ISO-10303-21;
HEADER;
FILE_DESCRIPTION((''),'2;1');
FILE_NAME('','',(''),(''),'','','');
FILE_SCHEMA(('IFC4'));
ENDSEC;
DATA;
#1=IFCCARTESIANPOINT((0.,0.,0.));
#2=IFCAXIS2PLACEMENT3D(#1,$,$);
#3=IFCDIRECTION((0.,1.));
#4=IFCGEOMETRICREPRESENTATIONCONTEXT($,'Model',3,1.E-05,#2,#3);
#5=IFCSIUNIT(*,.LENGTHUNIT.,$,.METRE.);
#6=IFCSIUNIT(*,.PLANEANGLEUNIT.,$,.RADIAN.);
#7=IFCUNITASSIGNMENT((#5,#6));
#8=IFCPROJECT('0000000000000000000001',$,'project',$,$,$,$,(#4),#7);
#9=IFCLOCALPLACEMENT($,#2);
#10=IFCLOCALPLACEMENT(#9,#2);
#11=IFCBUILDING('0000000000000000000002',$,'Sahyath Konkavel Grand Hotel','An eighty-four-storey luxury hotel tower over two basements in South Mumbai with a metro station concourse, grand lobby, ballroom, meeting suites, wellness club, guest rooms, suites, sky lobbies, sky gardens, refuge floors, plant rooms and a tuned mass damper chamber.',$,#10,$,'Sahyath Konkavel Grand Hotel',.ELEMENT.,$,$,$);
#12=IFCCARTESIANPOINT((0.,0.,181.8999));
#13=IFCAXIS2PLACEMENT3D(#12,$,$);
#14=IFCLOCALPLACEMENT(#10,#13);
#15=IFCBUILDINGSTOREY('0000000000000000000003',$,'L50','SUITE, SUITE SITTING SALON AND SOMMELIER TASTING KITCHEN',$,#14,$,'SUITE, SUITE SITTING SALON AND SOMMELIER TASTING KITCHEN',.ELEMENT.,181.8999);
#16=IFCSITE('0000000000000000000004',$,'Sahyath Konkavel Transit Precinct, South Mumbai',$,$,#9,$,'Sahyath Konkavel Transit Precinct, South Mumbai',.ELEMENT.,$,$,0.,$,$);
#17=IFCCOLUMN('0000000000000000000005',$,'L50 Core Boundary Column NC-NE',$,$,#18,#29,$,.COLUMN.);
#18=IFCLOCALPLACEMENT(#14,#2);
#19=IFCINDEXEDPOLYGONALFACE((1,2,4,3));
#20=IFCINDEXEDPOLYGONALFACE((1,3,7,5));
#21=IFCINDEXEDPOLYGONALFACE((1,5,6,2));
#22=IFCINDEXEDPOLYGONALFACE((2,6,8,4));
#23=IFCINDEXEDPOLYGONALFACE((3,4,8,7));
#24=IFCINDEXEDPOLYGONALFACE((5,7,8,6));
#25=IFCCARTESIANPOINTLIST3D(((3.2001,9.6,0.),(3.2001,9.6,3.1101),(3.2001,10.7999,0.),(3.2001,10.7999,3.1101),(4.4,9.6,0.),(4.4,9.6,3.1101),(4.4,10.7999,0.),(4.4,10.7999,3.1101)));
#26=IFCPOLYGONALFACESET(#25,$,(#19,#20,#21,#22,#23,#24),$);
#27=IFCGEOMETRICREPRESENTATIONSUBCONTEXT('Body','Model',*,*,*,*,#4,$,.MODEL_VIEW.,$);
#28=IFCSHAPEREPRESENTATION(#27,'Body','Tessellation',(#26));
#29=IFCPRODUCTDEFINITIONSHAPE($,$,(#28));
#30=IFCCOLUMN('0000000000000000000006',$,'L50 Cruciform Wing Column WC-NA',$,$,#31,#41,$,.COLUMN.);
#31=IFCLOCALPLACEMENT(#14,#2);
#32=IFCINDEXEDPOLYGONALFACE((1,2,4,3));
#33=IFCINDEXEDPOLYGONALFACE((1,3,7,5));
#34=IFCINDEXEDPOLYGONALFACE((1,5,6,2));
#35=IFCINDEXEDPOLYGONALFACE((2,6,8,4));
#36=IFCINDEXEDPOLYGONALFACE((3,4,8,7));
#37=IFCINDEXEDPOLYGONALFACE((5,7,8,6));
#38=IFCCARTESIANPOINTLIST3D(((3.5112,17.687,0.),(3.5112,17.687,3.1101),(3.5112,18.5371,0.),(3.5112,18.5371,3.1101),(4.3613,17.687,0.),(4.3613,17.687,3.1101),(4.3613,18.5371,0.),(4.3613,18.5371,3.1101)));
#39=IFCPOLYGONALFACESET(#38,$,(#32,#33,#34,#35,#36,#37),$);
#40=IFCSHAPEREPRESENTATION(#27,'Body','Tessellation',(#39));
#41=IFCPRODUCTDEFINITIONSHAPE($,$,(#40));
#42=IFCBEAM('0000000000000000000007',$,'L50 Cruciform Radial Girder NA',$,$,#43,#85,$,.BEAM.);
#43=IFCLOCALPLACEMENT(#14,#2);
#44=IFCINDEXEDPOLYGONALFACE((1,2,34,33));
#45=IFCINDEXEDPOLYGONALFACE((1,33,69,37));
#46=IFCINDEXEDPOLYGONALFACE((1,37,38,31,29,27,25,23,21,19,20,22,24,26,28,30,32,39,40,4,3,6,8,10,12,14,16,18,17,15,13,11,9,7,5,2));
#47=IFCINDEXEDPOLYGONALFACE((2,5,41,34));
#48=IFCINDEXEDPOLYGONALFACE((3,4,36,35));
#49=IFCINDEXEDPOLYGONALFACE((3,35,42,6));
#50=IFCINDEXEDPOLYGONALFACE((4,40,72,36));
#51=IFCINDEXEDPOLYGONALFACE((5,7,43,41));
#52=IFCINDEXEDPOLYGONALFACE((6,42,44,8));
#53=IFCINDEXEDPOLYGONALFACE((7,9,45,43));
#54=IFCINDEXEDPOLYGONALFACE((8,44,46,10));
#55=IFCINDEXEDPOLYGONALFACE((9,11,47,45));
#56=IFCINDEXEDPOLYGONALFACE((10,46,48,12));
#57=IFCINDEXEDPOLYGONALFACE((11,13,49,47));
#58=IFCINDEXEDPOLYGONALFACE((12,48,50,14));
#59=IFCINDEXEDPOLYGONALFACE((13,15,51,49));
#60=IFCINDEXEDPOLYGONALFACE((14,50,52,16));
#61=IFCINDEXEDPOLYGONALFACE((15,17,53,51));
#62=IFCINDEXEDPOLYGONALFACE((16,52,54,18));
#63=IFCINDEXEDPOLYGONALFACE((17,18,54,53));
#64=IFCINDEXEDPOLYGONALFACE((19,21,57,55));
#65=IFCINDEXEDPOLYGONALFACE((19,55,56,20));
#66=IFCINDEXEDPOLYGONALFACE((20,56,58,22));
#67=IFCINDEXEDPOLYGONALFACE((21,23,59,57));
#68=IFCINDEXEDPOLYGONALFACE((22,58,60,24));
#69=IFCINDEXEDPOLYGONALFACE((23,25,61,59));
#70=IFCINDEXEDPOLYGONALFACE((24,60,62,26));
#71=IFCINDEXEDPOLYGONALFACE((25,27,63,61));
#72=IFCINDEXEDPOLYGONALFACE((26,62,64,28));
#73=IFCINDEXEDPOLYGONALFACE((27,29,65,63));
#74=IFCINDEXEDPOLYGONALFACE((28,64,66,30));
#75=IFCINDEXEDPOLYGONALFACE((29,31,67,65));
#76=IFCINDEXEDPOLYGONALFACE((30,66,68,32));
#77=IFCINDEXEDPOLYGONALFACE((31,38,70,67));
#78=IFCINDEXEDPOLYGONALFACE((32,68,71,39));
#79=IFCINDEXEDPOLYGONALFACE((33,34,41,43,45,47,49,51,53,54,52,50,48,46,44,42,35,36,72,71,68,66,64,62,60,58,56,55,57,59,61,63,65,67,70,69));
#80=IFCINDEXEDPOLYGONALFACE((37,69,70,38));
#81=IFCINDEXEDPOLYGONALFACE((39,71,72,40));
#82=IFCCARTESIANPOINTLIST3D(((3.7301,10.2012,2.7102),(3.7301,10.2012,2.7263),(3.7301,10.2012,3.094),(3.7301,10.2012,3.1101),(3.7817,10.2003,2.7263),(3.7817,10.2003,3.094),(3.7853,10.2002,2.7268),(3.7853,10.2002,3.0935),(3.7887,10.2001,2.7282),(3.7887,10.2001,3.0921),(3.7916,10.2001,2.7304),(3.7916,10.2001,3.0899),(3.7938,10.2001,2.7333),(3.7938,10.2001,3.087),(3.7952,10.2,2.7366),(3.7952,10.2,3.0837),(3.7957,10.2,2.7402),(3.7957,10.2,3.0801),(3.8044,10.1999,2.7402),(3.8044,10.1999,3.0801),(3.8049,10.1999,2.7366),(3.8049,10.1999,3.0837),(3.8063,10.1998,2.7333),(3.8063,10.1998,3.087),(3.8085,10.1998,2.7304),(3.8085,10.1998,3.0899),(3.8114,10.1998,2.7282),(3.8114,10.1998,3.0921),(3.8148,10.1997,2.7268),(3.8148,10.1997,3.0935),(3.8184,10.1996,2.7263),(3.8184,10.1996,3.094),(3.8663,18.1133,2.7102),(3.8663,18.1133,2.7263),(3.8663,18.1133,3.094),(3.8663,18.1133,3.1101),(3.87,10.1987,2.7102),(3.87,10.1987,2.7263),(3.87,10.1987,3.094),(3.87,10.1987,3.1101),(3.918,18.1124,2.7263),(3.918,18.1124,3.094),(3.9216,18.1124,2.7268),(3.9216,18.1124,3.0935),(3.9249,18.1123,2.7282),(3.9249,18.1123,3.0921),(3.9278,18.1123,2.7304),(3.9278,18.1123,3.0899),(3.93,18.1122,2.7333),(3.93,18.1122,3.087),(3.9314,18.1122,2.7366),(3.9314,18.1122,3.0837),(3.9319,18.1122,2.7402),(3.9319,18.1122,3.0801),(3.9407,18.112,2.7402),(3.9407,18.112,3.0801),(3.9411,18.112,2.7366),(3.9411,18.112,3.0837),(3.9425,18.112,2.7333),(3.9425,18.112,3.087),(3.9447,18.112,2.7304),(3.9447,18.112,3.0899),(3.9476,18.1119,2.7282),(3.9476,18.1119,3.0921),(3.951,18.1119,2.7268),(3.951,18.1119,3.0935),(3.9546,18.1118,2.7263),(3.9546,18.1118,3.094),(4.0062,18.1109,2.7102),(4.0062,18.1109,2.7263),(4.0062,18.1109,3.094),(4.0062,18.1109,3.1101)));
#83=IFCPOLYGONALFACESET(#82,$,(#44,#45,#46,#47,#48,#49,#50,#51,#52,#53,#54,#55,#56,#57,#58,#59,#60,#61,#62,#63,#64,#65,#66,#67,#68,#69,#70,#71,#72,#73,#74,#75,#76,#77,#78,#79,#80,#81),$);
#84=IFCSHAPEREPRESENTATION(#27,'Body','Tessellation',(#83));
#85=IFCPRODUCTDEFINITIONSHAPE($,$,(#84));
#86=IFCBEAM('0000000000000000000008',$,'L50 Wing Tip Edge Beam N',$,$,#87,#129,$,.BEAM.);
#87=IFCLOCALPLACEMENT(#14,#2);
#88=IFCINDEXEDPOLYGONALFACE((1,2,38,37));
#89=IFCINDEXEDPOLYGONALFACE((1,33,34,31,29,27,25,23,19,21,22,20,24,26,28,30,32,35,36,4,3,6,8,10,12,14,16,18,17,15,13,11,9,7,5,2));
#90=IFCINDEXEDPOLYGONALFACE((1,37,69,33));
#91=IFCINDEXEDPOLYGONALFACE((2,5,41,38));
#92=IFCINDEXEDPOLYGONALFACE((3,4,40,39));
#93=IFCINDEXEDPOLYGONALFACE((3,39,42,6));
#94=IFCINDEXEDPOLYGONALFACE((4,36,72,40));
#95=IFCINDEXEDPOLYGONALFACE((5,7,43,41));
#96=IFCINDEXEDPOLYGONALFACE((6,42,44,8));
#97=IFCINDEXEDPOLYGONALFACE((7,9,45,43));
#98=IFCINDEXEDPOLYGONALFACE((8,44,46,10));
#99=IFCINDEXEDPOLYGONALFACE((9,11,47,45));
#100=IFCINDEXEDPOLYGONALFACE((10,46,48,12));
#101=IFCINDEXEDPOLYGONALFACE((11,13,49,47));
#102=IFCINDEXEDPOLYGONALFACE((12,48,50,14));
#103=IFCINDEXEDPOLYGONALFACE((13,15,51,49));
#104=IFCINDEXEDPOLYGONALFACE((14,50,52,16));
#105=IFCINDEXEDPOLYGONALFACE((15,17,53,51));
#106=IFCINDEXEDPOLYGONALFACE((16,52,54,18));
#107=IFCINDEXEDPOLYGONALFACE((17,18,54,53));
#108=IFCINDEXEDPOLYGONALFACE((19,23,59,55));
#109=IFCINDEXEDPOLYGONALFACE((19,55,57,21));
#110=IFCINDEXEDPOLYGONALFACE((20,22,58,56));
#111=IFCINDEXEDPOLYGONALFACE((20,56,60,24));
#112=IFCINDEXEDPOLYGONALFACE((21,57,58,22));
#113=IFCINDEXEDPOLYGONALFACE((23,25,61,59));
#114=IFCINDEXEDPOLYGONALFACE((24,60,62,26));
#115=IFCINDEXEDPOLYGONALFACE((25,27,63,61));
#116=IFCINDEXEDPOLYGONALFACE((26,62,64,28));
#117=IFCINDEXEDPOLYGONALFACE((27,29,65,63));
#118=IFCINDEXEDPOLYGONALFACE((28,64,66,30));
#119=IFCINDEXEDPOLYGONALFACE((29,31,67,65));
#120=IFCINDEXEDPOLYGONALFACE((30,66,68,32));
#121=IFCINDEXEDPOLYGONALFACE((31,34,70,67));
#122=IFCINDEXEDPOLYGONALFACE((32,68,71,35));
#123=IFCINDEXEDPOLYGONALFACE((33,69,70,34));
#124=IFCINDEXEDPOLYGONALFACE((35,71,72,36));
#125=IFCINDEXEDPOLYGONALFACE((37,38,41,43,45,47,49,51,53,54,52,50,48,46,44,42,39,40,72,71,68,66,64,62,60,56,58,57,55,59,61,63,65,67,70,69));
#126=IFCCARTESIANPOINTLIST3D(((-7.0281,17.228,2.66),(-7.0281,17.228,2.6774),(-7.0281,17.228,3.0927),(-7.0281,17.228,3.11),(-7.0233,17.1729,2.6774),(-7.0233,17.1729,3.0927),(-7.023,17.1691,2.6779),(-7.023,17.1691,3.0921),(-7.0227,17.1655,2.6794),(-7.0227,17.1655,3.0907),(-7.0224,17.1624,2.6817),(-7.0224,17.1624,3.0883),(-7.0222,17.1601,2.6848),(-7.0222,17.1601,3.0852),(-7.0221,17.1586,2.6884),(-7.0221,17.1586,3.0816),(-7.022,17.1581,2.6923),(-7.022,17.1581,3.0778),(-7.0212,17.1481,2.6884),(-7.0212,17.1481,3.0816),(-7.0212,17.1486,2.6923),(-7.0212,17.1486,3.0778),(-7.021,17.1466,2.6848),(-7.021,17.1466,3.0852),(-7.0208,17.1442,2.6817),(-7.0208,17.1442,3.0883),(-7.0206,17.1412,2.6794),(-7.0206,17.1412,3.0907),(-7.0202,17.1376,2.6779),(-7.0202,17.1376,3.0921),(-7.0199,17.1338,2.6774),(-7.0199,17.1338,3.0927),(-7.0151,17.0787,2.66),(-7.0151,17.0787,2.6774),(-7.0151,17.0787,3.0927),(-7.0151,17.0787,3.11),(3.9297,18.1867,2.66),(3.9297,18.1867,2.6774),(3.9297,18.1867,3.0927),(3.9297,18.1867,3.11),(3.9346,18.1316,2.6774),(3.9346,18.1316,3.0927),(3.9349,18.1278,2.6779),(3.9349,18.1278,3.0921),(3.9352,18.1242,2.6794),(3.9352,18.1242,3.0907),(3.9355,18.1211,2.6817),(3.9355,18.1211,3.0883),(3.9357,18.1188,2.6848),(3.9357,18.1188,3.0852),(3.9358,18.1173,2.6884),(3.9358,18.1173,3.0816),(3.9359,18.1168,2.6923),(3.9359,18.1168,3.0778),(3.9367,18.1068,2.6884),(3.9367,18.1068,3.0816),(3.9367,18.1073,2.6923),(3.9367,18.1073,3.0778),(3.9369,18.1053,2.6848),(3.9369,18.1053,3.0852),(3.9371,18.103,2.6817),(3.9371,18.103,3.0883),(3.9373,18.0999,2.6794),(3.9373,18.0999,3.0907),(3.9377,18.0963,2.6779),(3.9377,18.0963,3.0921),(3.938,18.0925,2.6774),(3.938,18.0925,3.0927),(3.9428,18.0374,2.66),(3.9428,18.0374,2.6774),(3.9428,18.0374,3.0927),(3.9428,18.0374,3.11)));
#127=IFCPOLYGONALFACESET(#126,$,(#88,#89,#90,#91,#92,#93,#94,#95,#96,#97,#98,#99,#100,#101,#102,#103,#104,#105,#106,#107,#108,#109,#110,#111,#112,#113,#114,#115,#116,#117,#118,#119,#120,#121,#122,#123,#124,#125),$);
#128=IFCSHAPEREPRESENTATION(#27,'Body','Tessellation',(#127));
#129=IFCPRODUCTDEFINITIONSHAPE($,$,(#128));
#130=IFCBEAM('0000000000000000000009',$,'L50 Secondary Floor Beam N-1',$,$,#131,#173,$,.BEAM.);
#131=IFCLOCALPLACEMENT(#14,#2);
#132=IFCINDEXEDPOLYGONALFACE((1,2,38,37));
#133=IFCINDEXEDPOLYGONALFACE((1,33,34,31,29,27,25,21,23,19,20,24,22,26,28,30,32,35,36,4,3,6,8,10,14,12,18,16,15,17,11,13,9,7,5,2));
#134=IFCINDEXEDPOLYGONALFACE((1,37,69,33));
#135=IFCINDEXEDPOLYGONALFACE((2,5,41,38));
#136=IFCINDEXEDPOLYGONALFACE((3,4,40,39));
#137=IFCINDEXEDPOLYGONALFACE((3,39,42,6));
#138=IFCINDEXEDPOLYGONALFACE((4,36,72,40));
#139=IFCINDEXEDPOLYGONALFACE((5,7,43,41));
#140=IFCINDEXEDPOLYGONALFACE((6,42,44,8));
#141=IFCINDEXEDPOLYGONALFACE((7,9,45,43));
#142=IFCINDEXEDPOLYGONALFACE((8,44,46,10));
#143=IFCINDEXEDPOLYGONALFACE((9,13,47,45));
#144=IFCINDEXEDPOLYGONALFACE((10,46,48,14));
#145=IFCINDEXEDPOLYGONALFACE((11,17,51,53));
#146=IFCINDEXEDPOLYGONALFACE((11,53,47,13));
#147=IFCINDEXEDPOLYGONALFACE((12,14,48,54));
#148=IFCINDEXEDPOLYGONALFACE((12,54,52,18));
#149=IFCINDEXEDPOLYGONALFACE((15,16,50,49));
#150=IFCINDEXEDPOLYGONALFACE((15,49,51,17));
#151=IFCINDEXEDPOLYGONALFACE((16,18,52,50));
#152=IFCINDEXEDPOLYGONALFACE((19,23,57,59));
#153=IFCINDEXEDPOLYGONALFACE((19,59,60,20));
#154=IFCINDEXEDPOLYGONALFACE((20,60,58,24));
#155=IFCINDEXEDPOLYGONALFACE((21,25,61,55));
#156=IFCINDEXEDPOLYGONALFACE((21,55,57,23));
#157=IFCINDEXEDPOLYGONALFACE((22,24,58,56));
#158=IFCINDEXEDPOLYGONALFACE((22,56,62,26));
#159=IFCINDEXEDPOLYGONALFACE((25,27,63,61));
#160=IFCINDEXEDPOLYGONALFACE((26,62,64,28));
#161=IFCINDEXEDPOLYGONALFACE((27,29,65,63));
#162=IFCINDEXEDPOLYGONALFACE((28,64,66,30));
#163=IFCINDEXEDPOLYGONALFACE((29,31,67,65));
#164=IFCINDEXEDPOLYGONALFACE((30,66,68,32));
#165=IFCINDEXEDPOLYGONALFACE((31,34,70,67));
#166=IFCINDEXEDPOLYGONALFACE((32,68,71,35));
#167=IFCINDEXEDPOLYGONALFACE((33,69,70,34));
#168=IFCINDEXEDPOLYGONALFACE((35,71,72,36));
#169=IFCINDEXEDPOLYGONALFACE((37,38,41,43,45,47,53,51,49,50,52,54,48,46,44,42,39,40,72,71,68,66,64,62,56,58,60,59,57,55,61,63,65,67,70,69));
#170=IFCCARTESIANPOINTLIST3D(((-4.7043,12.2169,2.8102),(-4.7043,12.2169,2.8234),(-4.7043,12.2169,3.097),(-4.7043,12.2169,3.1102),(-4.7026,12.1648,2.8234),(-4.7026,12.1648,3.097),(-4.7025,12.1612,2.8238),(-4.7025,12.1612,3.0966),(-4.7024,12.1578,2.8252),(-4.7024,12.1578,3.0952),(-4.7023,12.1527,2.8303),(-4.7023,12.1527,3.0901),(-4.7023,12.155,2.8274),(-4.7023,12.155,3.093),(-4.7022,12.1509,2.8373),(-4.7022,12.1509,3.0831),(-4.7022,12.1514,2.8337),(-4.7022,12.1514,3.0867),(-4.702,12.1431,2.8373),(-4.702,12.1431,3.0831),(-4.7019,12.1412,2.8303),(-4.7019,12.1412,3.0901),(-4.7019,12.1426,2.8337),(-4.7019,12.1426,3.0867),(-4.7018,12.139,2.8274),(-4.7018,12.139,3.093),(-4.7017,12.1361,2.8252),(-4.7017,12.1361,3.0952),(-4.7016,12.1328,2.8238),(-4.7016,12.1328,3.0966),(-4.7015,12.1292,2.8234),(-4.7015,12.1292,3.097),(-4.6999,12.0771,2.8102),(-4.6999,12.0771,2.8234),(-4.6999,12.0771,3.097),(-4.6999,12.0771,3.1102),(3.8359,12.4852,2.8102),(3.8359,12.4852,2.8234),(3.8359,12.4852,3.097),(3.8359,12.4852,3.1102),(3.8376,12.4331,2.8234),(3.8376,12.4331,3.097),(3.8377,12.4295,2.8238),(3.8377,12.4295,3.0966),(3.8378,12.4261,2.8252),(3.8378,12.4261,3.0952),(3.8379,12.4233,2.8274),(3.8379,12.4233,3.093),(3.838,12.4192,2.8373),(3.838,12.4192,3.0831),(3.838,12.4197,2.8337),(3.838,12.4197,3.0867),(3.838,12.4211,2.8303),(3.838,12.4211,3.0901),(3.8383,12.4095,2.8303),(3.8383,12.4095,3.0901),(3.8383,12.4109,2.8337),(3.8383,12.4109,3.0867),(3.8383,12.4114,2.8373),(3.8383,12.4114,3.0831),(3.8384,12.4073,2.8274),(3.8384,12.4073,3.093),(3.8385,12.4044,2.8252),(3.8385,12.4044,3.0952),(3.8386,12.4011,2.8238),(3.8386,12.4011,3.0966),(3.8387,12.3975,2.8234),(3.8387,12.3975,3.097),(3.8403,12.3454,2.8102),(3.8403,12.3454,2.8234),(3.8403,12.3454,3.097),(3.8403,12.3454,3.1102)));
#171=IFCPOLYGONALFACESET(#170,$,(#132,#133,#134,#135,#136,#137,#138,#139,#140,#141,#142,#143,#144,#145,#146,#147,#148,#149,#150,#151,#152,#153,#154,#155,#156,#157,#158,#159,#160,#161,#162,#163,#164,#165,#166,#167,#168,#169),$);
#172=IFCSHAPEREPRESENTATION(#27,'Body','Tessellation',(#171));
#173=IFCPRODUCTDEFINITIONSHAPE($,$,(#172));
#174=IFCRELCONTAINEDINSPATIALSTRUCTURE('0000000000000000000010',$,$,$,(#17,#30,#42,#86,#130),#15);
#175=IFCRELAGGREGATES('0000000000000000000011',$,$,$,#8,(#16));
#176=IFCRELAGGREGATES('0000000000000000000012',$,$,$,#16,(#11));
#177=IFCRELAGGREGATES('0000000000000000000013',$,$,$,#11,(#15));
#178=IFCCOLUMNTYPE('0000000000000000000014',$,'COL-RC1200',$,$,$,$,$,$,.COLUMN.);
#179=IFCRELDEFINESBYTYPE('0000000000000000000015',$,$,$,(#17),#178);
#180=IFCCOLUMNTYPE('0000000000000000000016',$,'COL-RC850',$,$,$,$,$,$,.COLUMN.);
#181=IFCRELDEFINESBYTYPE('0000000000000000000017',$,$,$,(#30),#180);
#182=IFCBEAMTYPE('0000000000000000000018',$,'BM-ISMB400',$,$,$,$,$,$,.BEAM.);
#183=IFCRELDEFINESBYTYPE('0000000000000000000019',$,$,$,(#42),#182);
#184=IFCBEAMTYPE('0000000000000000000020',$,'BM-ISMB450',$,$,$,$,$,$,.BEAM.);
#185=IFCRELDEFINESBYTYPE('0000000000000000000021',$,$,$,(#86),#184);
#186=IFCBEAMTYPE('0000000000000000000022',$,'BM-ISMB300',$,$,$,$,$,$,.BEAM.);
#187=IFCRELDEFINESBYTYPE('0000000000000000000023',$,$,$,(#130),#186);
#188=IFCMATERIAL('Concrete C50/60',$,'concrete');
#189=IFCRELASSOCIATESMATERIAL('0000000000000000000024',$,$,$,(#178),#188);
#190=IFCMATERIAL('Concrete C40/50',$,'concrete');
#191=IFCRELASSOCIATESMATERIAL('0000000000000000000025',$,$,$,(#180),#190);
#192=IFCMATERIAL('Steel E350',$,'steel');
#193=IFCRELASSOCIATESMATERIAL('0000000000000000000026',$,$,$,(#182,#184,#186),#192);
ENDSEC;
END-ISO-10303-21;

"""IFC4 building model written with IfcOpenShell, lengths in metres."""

from ifc_helpers import new_model, si_unit, direction, frame, origin, origin_2d, place, context, subcontext, project, spatial, rectangle, i_section, extrude, source, transform, mapped, material, material_profile, profile_set, type_object, element, save


model = new_model("IFC4")

# Units and contexts
model_context = context("Model", 3, precision=1e-05, world=origin(), true_north=direction((0.0, 1.0)))
body_context = subcontext(model_context, "Body", "Model", "MODEL_VIEW")
ifc_project = project(units=[si_unit("LENGTHUNIT", "METRE"), si_unit("PLANEANGLEUNIT", "RADIAN")], contexts=[model_context])

# Site, building, storey
site_placement = place(None, origin())
site = spatial("IfcSite", under=ifc_project, at=site_placement, Name="Sahyath Konkavel Transit Precinct, South Mumbai", LongName="Sahyath Konkavel Transit Precinct, South Mumbai", CompositionType="ELEMENT", RefElevation=0.0)
building_placement = place(site_placement, origin())
building = spatial("IfcBuilding", under=site, at=building_placement, Name="Sahyath Konkavel Grand Hotel", Description="An eighty-four-storey luxury hotel tower over two basements in South Mumbai with a metro station concourse, grand lobby, ballroom, meeting suites, wellness club, guest rooms, suites, sky lobbies, sky gardens, refuge floors, plant rooms and a tuned mass damper chamber.", LongName="Sahyath Konkavel Grand Hotel", CompositionType="ELEMENT")
storey_placement = place(building_placement, frame((0.0, 0.0, 181.8999)))
storey = spatial("IfcBuildingStorey", under=building, at=storey_placement, Name="L50", Description="SUITE, SUITE SITTING SALON AND SOMMELIER TASTING KITCHEN", LongName="SUITE, SUITE SITTING SALON AND SOMMELIER TASTING KITCHEN", CompositionType="ELEMENT", Elevation=181.8999)

# Columns
ifc_material_1 = material(Name="Concrete C50/60", Category="concrete")
ifc_material_profile_1 = material_profile(ifc_material_1, rectangle(XDim=1.2, YDim=1.2, at=origin_2d()), Name="RC 1200x1200")
ifc_profile_set_1 = profile_set([ifc_material_profile_1], Name="Concrete C50/60")
column_type_1 = type_object("IfcColumnType", Name="COL-RC1200", PredefinedType="COLUMN", material=ifc_profile_set_1)
shared_shape_1 = source(origin(), body_context, "Body", "SweptSolid", [
    extrude(rectangle(XDim=1.2, YDim=1.2, at=origin_2d()), origin(), (0.0, 0.0, 1.0), 3.1101),
])
column_1_placement = place(storey_placement, frame((3.8, 10.2, 0.0), z_axis=(0.0, 0.0, 1.0), x_axis=(1.0, 0.0, 0.0)))
element("IfcColumn", 1, at=column_1_placement, inside=storey, type_object=column_type_1, Name="L50 Core Boundary Column NC-NE", PredefinedType="COLUMN", context=body_context, shape_type="MappedRepresentation", body=[
    mapped(shared_shape_1, transform((0.0, 0.0, 0.0), scale=1.0)),
])
ifc_material_2 = material(Name="Concrete C40/50", Category="concrete")
ifc_material_profile_2 = material_profile(ifc_material_2, rectangle(XDim=0.8501, YDim=0.8501, at=origin_2d()), Name="RC 850x850")
ifc_profile_set_2 = profile_set([ifc_material_profile_2], Name="Concrete C40/50")
column_type_2 = type_object("IfcColumnType", Name="COL-RC850", PredefinedType="COLUMN", material=ifc_profile_set_2)
shared_shape_2 = source(origin(), body_context, "Body", "SweptSolid", [
    extrude(rectangle(XDim=0.8501, YDim=0.8501, at=origin_2d()), origin(), (0.0, 0.0, 1.0), 3.1101),
])
column_2_placement = place(storey_placement, frame((3.9363, 18.1121, 0.0), z_axis=(0.0, 0.0, 1.0), x_axis=(1.0, 0.0, 0.0)))
element("IfcColumn", 2, at=column_2_placement, inside=storey, type_object=column_type_2, Name="L50 Cruciform Wing Column WC-NA", PredefinedType="COLUMN", context=body_context, shape_type="MappedRepresentation", body=[
    mapped(shared_shape_2, transform((0.0, 0.0, 0.0), scale=1.0)),
])

# Beams
ifc_material_3 = material(Name="Steel E350", Category="steel")
ifc_material_profile_3 = material_profile(ifc_material_3, i_section(OverallWidth=0.1399, OverallDepth=0.3999, WebThickness=0.0088, FlangeThickness=0.0161, FilletRadius=0.0139, at=origin_2d()), Name="ISMB 400")
ifc_profile_set_3 = profile_set([ifc_material_profile_3], Name="Steel E350")
beam_type_1 = type_object("IfcBeamType", Name="BM-ISMB400", PredefinedType="BEAM", material=ifc_profile_set_3)
shared_shape_3 = source(origin(), body_context, "Body", "SweptSolid", [
    extrude(i_section(OverallWidth=0.1399, OverallDepth=0.3999, WebThickness=0.0088, FlangeThickness=0.0161, FilletRadius=0.0139, at=origin_2d()), origin(), (0.0, 0.0, 1.0), 7.9133),
])
beam_1_placement = place(storey_placement, frame((3.8, 10.2, 2.9102), z_axis=(0.017215, 0.999852, 0.0), x_axis=(-0.999852, 0.017215, 0.0)))
element("IfcBeam", 3, at=beam_1_placement, inside=storey, type_object=beam_type_1, Name="L50 Cruciform Radial Girder NA", PredefinedType="BEAM", context=body_context, shape_type="MappedRepresentation", body=[
    mapped(shared_shape_3, transform((0.0, 0.0, 0.0), scale=1.0)),
])
ifc_material_profile_4 = material_profile(ifc_material_3, i_section(OverallWidth=0.1499, OverallDepth=0.45, WebThickness=0.0095, FlangeThickness=0.0173, FilletRadius=0.0149, at=origin_2d()), Name="ISMB 450")
ifc_profile_set_4 = profile_set([ifc_material_profile_4], Name="Steel E350")
beam_type_2 = type_object("IfcBeamType", Name="BM-ISMB450", PredefinedType="BEAM", material=ifc_profile_set_4)
shared_shape_4 = source(origin(), body_context, "Body", "SweptSolid", [
    extrude(i_section(OverallWidth=0.1499, OverallDepth=0.45, WebThickness=0.0095, FlangeThickness=0.0173, FilletRadius=0.0149, at=origin_2d()), origin(), (0.0, 0.0, 1.0), 10.9998),
])
beam_2_placement = place(storey_placement, frame((3.9363, 18.1121, 2.885), z_axis=(-0.996194, -0.087159, 0.0), x_axis=(0.087159, -0.996194, 0.0)))
element("IfcBeam", 4, at=beam_2_placement, inside=storey, type_object=beam_type_2, Name="L50 Wing Tip Edge Beam N", PredefinedType="BEAM", context=body_context, shape_type="MappedRepresentation", body=[
    mapped(shared_shape_4, transform((0.0, 0.0, 0.0), scale=1.0)),
])
ifc_material_profile_5 = material_profile(ifc_material_3, i_section(OverallWidth=0.1399, OverallDepth=0.3, WebThickness=0.0078, FlangeThickness=0.0132, FilletRadius=0.0139, at=origin_2d()), Name="ISMB 300")
ifc_profile_set_5 = profile_set([ifc_material_profile_5], Name="Steel E350")
beam_type_3 = type_object("IfcBeamType", Name="BM-ISMB300", PredefinedType="BEAM", material=ifc_profile_set_5)
shared_shape_5 = source(origin(), body_context, "Body", "SweptSolid", [
    extrude(i_section(OverallWidth=0.1399, OverallDepth=0.3, WebThickness=0.0078, FlangeThickness=0.0132, FilletRadius=0.0139, at=origin_2d()), origin(), (0.0, 0.0, 1.0), 8.5444),
])
beam_3_placement = place(storey_placement, frame((3.8381, 12.4153, 2.9602), z_axis=(-0.999507, -0.031402, 0.0), x_axis=(0.031402, -0.999507, 0.0)))
element("IfcBeam", 5, at=beam_3_placement, inside=storey, type_object=beam_type_3, Name="L50 Secondary Floor Beam N-1", PredefinedType="BEAM", context=body_context, shape_type="MappedRepresentation", body=[
    mapped(shared_shape_5, transform((0.0, 0.0, 0.0), scale=1.0)),
])

save(model, "model.ifc")
